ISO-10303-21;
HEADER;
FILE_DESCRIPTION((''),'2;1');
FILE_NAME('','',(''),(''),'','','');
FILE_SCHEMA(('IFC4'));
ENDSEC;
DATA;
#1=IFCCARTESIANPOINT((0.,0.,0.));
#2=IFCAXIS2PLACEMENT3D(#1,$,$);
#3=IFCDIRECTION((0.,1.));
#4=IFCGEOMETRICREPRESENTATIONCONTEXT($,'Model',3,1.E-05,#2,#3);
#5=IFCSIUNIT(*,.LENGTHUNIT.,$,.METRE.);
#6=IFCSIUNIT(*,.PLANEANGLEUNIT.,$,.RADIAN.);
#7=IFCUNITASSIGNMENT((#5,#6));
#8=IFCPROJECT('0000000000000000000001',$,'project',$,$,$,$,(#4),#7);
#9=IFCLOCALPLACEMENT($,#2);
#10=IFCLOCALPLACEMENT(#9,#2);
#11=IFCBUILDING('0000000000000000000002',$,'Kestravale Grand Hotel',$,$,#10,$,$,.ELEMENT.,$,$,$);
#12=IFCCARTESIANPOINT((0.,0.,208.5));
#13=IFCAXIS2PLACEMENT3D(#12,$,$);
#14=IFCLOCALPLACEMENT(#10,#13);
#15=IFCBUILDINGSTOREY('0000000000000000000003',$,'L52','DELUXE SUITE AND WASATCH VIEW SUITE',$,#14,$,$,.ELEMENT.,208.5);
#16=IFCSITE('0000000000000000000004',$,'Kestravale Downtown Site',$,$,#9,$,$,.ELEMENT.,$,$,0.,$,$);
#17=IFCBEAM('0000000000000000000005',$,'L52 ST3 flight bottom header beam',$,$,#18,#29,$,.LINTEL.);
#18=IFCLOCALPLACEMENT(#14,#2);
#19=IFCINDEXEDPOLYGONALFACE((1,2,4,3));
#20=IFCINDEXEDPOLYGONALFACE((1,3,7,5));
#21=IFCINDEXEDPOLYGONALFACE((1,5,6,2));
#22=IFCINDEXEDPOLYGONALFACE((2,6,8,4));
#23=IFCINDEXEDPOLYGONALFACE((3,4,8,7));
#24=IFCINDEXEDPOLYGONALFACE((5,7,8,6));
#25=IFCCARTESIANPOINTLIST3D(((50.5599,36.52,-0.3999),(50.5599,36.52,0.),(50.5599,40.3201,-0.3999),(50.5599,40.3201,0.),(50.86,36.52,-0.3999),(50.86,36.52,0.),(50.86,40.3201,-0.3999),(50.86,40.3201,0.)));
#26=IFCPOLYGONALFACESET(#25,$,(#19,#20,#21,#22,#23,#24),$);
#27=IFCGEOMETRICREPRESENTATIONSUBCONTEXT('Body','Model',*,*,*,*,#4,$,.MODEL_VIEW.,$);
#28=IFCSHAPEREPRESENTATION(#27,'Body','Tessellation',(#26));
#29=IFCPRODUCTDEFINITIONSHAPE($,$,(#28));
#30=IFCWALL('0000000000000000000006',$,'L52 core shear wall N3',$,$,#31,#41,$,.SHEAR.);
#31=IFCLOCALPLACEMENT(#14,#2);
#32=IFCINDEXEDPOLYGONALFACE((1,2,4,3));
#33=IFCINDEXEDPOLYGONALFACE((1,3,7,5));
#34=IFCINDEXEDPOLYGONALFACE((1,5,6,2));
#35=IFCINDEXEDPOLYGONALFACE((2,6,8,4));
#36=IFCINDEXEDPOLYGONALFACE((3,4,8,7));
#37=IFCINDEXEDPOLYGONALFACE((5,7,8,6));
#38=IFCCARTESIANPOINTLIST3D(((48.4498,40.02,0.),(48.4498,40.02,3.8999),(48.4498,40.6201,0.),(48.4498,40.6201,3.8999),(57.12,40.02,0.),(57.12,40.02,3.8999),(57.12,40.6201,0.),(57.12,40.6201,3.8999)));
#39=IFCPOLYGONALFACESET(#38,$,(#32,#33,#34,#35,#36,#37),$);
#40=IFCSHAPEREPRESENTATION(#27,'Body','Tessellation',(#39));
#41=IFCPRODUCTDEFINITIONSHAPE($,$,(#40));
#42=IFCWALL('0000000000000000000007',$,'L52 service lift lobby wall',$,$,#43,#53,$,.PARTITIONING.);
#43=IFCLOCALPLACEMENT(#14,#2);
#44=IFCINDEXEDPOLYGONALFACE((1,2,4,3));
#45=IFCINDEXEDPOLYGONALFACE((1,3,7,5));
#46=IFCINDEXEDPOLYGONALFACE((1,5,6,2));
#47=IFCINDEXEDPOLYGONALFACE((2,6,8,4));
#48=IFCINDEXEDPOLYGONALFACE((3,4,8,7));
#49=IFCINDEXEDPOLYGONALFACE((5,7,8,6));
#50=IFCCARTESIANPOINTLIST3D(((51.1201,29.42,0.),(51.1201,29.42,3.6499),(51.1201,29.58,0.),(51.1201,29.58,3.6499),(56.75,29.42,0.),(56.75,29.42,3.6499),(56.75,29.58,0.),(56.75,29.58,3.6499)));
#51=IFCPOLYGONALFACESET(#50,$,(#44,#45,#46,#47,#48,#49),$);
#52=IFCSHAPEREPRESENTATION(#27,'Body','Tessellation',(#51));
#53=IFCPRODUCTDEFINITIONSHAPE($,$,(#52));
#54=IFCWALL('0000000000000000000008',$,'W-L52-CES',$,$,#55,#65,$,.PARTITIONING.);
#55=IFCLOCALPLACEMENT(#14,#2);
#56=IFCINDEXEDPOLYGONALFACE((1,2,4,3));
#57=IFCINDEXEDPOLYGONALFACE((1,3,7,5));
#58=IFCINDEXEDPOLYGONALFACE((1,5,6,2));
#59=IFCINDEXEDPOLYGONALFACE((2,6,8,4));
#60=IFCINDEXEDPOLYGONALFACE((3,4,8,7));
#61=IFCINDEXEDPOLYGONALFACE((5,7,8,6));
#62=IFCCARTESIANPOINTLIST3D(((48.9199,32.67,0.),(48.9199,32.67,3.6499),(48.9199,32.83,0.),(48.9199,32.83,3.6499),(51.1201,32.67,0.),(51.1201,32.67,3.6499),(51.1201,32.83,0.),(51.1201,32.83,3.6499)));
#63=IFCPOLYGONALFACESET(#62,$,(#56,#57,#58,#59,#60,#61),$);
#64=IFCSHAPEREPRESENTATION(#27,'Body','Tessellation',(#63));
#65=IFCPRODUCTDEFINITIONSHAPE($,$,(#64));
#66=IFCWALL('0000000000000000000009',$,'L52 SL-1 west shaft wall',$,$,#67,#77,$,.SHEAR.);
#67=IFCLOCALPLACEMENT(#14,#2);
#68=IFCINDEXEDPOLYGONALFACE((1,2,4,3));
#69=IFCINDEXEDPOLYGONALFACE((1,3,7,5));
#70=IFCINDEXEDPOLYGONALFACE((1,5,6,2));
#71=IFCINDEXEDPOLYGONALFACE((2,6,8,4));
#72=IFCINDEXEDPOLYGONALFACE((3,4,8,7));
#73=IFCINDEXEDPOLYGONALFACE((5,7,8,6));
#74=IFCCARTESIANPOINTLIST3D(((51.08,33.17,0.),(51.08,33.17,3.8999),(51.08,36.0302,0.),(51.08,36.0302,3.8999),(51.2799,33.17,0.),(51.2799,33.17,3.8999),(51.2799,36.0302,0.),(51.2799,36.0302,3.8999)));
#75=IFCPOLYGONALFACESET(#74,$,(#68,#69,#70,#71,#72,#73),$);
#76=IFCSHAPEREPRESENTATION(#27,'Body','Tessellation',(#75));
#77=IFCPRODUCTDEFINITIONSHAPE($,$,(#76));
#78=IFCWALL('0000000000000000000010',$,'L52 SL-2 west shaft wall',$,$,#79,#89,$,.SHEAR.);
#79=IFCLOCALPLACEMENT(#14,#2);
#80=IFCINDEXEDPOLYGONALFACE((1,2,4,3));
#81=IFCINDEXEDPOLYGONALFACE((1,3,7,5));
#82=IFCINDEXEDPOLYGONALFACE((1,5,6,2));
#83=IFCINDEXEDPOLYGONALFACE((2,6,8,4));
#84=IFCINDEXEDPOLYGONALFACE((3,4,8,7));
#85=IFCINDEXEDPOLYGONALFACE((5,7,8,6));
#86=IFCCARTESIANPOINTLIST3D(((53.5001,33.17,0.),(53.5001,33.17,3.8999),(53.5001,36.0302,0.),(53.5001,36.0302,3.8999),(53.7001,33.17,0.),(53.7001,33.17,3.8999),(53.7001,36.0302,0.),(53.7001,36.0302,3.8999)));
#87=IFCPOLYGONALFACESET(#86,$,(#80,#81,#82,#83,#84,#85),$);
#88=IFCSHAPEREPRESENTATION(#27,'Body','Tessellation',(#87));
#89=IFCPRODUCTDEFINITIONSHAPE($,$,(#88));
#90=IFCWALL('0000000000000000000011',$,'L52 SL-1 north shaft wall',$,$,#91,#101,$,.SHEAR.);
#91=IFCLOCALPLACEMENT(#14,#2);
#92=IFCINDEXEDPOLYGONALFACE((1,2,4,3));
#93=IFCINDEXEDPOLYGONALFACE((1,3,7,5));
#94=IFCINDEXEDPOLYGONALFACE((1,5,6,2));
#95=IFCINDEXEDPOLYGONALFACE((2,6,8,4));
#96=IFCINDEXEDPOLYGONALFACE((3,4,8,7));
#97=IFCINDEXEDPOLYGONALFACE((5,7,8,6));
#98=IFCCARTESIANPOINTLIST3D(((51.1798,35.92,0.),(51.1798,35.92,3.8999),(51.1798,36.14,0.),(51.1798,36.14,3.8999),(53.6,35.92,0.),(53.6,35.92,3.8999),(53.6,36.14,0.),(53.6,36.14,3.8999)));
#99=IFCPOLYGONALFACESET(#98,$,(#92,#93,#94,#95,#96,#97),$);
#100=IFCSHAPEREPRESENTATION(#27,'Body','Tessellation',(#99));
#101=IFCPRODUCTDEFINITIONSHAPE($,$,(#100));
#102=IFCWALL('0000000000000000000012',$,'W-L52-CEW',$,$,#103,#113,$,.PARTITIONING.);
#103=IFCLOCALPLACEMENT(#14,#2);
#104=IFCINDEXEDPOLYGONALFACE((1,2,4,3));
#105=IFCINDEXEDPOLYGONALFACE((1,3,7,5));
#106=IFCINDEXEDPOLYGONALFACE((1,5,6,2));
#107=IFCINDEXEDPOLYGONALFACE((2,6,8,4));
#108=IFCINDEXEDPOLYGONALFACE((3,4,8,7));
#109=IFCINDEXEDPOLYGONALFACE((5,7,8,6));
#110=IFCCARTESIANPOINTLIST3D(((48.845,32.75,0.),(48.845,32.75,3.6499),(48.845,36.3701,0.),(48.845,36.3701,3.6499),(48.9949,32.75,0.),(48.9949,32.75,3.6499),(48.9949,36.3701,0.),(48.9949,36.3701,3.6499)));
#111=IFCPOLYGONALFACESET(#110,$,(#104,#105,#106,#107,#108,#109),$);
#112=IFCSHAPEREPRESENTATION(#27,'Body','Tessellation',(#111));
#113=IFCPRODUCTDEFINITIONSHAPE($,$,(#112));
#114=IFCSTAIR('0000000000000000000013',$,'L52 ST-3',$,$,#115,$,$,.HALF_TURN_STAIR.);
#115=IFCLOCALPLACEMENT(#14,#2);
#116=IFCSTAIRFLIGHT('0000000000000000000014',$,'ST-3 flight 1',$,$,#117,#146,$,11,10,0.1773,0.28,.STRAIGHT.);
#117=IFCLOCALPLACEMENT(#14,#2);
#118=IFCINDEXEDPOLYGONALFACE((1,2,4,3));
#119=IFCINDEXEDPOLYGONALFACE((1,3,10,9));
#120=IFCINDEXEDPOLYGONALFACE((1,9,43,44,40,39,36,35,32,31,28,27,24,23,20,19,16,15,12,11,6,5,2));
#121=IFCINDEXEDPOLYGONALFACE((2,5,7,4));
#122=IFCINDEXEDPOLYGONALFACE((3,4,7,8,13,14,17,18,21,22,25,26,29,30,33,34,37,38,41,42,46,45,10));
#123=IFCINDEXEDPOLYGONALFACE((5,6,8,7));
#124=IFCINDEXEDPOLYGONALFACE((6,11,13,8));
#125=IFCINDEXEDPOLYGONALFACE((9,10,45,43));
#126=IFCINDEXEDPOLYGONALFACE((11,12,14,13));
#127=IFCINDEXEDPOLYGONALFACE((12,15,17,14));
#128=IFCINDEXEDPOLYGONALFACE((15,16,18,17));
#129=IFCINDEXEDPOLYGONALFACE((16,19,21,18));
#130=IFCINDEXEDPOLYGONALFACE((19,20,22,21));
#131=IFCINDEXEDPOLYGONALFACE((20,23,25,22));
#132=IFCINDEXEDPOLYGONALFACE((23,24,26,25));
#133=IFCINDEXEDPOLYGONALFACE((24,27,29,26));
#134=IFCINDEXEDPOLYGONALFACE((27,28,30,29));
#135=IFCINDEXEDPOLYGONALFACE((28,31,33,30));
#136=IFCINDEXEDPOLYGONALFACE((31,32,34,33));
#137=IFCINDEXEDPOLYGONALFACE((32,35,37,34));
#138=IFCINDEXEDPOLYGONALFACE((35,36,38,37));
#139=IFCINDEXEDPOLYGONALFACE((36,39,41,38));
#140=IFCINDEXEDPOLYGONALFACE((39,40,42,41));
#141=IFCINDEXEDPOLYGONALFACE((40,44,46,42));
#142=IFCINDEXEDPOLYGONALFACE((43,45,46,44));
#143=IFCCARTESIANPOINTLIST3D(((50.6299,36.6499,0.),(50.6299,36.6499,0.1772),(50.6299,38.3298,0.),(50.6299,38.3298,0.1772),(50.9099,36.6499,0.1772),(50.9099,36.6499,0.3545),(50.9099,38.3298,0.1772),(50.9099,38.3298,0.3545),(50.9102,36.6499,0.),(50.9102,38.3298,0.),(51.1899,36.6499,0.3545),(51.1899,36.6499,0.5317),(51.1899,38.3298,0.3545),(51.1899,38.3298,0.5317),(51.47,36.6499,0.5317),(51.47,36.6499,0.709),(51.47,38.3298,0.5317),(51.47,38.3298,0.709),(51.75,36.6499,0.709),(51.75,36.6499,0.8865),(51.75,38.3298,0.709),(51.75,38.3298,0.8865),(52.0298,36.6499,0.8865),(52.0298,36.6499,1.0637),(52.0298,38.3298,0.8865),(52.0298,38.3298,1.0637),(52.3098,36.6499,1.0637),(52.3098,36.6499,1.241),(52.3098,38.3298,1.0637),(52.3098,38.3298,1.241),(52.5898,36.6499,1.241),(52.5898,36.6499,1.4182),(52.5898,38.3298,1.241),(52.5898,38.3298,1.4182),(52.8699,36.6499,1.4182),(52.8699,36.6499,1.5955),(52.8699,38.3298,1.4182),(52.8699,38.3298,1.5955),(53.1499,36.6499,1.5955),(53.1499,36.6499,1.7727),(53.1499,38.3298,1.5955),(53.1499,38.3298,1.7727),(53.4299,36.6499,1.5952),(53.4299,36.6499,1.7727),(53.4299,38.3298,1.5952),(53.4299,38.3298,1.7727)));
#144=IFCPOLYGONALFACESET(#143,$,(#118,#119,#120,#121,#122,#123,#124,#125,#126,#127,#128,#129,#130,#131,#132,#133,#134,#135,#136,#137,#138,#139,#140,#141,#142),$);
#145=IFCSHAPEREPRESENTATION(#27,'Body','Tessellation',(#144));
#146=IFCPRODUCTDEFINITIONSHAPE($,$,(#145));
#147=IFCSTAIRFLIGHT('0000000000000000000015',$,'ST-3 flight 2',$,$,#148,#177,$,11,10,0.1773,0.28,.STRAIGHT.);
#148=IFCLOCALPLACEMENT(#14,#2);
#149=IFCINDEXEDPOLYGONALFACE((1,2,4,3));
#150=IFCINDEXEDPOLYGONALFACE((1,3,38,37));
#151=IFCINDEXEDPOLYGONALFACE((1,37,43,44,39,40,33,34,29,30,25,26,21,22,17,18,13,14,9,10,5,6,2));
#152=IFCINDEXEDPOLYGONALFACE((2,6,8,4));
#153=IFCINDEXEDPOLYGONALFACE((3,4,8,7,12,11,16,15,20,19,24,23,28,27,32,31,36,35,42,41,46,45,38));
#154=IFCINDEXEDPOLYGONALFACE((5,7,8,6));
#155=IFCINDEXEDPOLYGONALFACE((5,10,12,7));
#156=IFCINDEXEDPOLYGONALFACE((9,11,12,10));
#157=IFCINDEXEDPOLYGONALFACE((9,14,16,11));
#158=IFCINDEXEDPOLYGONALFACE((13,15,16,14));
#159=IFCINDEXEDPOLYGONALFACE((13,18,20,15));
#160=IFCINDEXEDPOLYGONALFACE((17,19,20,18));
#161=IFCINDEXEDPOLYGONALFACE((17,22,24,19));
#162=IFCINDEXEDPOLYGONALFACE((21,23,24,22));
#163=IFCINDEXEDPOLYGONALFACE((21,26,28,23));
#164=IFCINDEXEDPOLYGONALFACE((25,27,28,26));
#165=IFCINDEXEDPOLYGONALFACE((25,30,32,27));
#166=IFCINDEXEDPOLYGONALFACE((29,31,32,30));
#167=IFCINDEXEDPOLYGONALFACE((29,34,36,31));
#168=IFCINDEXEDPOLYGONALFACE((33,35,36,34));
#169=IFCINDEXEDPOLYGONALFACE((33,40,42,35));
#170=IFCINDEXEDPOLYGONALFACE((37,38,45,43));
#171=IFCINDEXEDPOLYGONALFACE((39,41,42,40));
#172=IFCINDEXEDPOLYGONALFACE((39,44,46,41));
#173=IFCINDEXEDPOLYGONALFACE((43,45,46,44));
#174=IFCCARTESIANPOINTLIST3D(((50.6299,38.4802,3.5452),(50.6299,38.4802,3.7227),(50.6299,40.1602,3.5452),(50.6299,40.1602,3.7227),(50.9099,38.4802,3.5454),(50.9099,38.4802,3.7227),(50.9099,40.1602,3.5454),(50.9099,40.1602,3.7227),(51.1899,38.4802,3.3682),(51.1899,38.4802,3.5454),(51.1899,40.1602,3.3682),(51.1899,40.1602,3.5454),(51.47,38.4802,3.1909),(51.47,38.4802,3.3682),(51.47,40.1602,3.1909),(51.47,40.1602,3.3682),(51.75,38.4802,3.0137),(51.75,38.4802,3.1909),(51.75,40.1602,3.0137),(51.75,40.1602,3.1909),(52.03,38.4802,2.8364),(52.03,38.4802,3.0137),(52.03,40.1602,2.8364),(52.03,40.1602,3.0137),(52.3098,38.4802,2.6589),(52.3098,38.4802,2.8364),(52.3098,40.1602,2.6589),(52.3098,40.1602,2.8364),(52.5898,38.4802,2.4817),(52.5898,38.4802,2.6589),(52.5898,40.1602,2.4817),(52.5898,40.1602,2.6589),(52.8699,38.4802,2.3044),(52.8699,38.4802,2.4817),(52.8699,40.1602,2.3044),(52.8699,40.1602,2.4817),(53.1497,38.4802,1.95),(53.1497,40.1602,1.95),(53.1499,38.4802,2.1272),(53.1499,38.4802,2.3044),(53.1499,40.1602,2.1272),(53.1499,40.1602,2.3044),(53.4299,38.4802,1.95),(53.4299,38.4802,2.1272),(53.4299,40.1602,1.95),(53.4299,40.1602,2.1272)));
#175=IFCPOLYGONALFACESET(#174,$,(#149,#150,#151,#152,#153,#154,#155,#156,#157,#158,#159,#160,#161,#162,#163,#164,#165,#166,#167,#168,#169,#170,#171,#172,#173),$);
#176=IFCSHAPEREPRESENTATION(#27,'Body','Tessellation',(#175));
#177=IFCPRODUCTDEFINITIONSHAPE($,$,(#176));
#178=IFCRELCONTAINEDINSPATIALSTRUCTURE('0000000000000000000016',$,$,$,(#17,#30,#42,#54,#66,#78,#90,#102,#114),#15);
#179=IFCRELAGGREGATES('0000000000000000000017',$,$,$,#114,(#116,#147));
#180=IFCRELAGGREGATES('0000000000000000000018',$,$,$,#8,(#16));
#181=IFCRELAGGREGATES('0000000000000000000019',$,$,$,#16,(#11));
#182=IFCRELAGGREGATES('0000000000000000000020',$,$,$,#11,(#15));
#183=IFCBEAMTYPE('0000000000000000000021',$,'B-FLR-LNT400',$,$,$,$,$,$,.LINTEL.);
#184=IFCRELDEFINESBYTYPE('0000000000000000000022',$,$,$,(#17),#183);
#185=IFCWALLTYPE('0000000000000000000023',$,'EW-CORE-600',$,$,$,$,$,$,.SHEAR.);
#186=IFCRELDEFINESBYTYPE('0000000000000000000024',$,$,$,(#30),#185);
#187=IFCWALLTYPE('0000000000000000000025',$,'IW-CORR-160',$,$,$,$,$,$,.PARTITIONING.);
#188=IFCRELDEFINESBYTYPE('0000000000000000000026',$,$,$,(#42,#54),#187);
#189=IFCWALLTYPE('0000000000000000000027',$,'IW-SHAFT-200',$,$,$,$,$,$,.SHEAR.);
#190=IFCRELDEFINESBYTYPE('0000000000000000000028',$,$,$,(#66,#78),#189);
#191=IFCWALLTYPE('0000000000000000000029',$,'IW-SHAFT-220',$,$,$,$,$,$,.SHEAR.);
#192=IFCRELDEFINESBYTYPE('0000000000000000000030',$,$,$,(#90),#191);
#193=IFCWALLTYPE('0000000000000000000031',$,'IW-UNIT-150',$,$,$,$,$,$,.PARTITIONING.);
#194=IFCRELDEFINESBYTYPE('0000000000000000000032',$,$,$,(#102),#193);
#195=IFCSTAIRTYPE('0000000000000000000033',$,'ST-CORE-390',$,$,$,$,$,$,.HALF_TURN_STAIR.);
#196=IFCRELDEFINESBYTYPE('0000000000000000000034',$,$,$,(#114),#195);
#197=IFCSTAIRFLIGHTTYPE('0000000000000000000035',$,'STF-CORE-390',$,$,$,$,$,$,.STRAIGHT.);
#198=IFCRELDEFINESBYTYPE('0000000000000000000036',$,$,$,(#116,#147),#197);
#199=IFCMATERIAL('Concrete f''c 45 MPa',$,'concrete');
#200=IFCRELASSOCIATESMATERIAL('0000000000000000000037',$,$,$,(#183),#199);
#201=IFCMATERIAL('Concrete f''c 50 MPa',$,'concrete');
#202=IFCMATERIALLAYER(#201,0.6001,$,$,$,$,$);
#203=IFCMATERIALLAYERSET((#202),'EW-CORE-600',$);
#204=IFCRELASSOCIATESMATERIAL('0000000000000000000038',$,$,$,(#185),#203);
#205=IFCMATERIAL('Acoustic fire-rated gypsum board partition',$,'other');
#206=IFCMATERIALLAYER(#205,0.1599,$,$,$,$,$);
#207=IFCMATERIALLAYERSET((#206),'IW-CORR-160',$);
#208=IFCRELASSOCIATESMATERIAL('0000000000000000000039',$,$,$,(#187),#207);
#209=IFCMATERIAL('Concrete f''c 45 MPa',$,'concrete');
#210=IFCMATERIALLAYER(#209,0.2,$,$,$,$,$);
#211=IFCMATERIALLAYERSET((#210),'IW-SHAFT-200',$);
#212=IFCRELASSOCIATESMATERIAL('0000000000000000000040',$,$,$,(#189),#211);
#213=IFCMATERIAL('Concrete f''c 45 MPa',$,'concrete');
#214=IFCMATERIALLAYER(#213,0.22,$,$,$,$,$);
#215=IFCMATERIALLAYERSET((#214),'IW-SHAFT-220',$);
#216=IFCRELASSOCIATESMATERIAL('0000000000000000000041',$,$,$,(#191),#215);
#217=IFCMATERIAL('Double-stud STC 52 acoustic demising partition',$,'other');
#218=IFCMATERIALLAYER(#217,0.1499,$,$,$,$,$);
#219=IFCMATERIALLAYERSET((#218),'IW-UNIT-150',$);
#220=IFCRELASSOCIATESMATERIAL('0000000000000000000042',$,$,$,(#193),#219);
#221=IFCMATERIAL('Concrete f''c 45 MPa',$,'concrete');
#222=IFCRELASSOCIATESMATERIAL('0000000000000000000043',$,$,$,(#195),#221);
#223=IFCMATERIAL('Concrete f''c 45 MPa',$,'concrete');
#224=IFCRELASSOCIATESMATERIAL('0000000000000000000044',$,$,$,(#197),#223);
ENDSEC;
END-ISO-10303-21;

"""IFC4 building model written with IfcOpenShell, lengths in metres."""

from ifc_helpers import new_model, si_unit, direction, frame, frame_2d, origin, origin_2d, place, context, subcontext, project, spatial, polyline, rectangle, outline, extrude, material, layer, layer_set, material_profile, profile_set, type_object, element, aggregate, save


model = new_model("IFC4")

# Units and contexts
model_context = context("Model", 3, precision=1e-05, world=origin(), true_north=direction((0.0, 1.0)))
body_context = subcontext(model_context, "Body", "Model", "MODEL_VIEW")
ifc_project = project(units=[si_unit("LENGTHUNIT", "METRE"), si_unit("PLANEANGLEUNIT", "RADIAN")], contexts=[model_context])

# Site, building, storey
site_placement = place(None, origin())
site = spatial("IfcSite", under=ifc_project, at=site_placement, Name="Kestravale Downtown Site", CompositionType="ELEMENT", RefElevation=0.0)
building_placement = place(site_placement, origin())
building = spatial("IfcBuilding", under=site, at=building_placement, Name="Kestravale Grand Hotel", CompositionType="ELEMENT")
storey_placement = place(building_placement, frame((0.0, 0.0, 208.5)))
storey = spatial("IfcBuildingStorey", under=building, at=storey_placement, Name="L52", Description="DELUXE SUITE AND WASATCH VIEW SUITE", CompositionType="ELEMENT", Elevation=208.5)

# Beam
ifc_material_1 = material(Name="Concrete f'c 45 MPa", Category="concrete")
ifc_material_profile = material_profile(ifc_material_1, rectangle(XDim=0.3, YDim=0.3999, at=origin_2d()))
ifc_profile_set = profile_set([ifc_material_profile], Name="Concrete f'c 45 MPa")
beam_type = type_object("IfcBeamType", Name="B-FLR-LNT400", PredefinedType="LINTEL", material=ifc_profile_set)
beam_placement = place(storey_placement, frame((50.71, 36.52, -0.2), z_axis=(0.0, 1.0, 0.0), x_axis=(-1.0, 0.0, 0.0)))
element("IfcBeam", 1, at=beam_placement, inside=storey, type_object=beam_type, Name="L52 ST3 flight bottom header beam", PredefinedType="LINTEL", context=body_context, shape_type="SweptSolid", body=[
    extrude(rectangle(XDim=0.3, YDim=0.3999, at=origin_2d()), origin(), (0.0, 0.0, 1.0), 3.8),
])

# Wall
ifc_material_2 = material(Name="Concrete f'c 50 MPa", Category="concrete")
ifc_layer_1 = layer(ifc_material_2, 0.6001)
ifc_layer_set_1 = layer_set([ifc_layer_1], Name="EW-CORE-600")
wall_type_1 = type_object("IfcWallType", Name="EW-CORE-600", PredefinedType="SHEAR", material=ifc_layer_set_1)
wall_1_placement = place(storey_placement, frame((48.45, 40.3201, 0.0), z_axis=(0.0, 0.0, 1.0), x_axis=(1.0, 0.0, 0.0)))
element("IfcWall", 2, at=wall_1_placement, inside=storey, type_object=wall_type_1, Name="L52 core shear wall N3", PredefinedType="SHEAR", context=body_context, shape_type="SweptSolid", body=[
    extrude(rectangle(XDim=8.6702, YDim=0.6001, at=frame_2d((4.335, 0.0))), origin(), (0.0, 0.0, 1.0), 3.8999),
])

# Shared definitions
ifc_material_3 = material(Name="Acoustic fire-rated gypsum board partition", Category="other")
ifc_layer_2 = layer(ifc_material_3, 0.1599)
ifc_layer_set_2 = layer_set([ifc_layer_2], Name="IW-CORR-160")
wall_type_2 = type_object("IfcWallType", Name="IW-CORR-160", PredefinedType="PARTITIONING", material=ifc_layer_set_2)

# Walls
wall_2_placement = place(storey_placement, frame((51.1201, 29.5, 0.0), z_axis=(0.0, 0.0, 1.0), x_axis=(1.0, 0.0, 0.0)))
element("IfcWall", 3, at=wall_2_placement, inside=storey, type_object=wall_type_2, Name="L52 service lift lobby wall", PredefinedType="PARTITIONING", context=body_context, shape_type="SweptSolid", body=[
    extrude(rectangle(XDim=5.6299, YDim=0.1599, at=frame_2d((2.8149, 0.0))), origin(), (0.0, 0.0, 1.0), 3.6499),
])
wall_3_placement = place(storey_placement, frame((48.9199, 32.75, 0.0), z_axis=(0.0, 0.0, 1.0), x_axis=(1.0, 0.0, 0.0)))
element("IfcWall", 4, at=wall_3_placement, inside=storey, type_object=wall_type_2, Name="W-L52-CES", PredefinedType="PARTITIONING", context=body_context, shape_type="SweptSolid", body=[
    extrude(rectangle(XDim=2.2002, YDim=0.1599, at=frame_2d((1.1001, 0.0))), origin(), (0.0, 0.0, 1.0), 3.6499),
])
ifc_material_4 = material(Name="Concrete f'c 45 MPa", Category="concrete")
ifc_layer_3 = layer(ifc_material_4, 0.2)
ifc_layer_set_3 = layer_set([ifc_layer_3], Name="IW-SHAFT-200")
wall_type_3 = type_object("IfcWallType", Name="IW-SHAFT-200", PredefinedType="SHEAR", material=ifc_layer_set_3)
for number, where, z_axis, x_axis, name in (
    (5, (51.1799, 33.1699, 0.0), (0.0, 0.0, 1.0), (0.0, 1.0, 0.0), "L52 SL-1 west shaft wall"),
    (6, (53.6001, 33.1699, 0.0), (0.0, 0.0, 1.0), (0.0, 1.0, 0.0), "L52 SL-2 west shaft wall"),
):
    element("IfcWall", number, at=place(storey_placement, frame(where, z_axis=z_axis, x_axis=x_axis)), inside=storey, type_object=wall_type_3, Name=name, PredefinedType="SHEAR", context=body_context, shape_type="SweptSolid", body=[
        extrude(rectangle(XDim=2.8601, YDim=0.2, at=frame_2d((1.4302, 0.0))), origin(), (0.0, 0.0, 1.0), 3.8999),
    ])

# Shared definitions
ifc_material_5 = material(Name="Concrete f'c 45 MPa", Category="concrete")
ifc_layer_4 = layer(ifc_material_5, 0.22)
ifc_layer_set_4 = layer_set([ifc_layer_4], Name="IW-SHAFT-220")
wall_type_4 = type_object("IfcWallType", Name="IW-SHAFT-220", PredefinedType="SHEAR", material=ifc_layer_set_4)

# Wall
wall_4_placement = place(storey_placement, frame((51.1799, 36.03, 0.0), z_axis=(0.0, 0.0, 1.0), x_axis=(1.0, 0.0, 0.0)))
element("IfcWall", 7, at=wall_4_placement, inside=storey, type_object=wall_type_4, Name="L52 SL-1 north shaft wall", PredefinedType="SHEAR", context=body_context, shape_type="SweptSolid", body=[
    extrude(rectangle(XDim=2.4202, YDim=0.22, at=frame_2d((1.21, 0.0))), origin(), (0.0, 0.0, 1.0), 3.8999),
])

# Wall
ifc_material_6 = material(Name="Double-stud STC 52 acoustic demising partition", Category="other")
ifc_layer_5 = layer(ifc_material_6, 0.1499)
ifc_layer_set_5 = layer_set([ifc_layer_5], Name="IW-UNIT-150")
wall_type_5 = type_object("IfcWallType", Name="IW-UNIT-150", PredefinedType="PARTITIONING", material=ifc_layer_set_5)
wall_5_placement = place(storey_placement, frame((48.9199, 32.75, 0.0), z_axis=(0.0, 0.0, 1.0), x_axis=(0.0, 1.0, 0.0)))
element("IfcWall", 8, at=wall_5_placement, inside=storey, type_object=wall_type_5, Name="W-L52-CEW", PredefinedType="PARTITIONING", context=body_context, shape_type="SweptSolid", body=[
    extrude(rectangle(XDim=3.6201, YDim=0.1499, at=frame_2d((1.8101, 0.0))), origin(), (0.0, 0.0, 1.0), 3.6499),
])

# Stair, stair flights
ifc_material_7 = material(Name="Concrete f'c 45 MPa", Category="concrete")
stair_type = type_object("IfcStairType", Name="ST-CORE-390", PredefinedType="HALF_TURN_STAIR", material=ifc_material_7)
stair_placement = place(storey_placement, origin())
stair = element("IfcStair", 9, at=stair_placement, inside=storey, type_object=stair_type, Name="L52 ST-3", PredefinedType="HALF_TURN_STAIR")
ifc_material_8 = material(Name="Concrete f'c 45 MPa", Category="concrete")
stair_flight_type = type_object("IfcStairFlightType", Name="STF-CORE-390", PredefinedType="STRAIGHT", material=ifc_material_8)
stair_flight_1_placement = place(storey_placement, frame((50.6299, 37.49, 0.0), z_axis=(0.0, 0.0, 1.0), x_axis=(1.0, 0.0, 0.0)))
stair_flight_1 = element("IfcStairFlight", 10, at=stair_flight_1_placement, type_object=stair_flight_type, Name="ST-3 flight 1", NumberOfRisers=11, NumberOfTreads=10, PredefinedType="STRAIGHT", RiserHeight=0.1773, TreadLength=0.28, context=body_context, shape_type="SweptSolid", body=[
    extrude(outline(polyline([(0.0, 0.0), (0.0, 0.1772), (0.28, 0.1772), (0.28, 0.3545), (0.5601, 0.3545), (0.5601, 0.5317), (0.8401, 0.5317), (0.8401, 0.709), (1.1201, 0.709), (1.1201, 0.8865), (1.3999, 0.8865), (1.3999, 1.0637), (1.6799, 1.0637), (1.6799, 1.241), (1.96, 1.241), (1.96, 1.4182), (2.24, 1.4182), (2.24, 1.5955), (2.52, 1.5955), (2.52, 1.7727), (2.8, 1.7727), (2.8, 1.95), (2.8, 1.5952), (0.2803, 0.0), (0.0, 0.0)])), frame((0.0, 0.8398, 0.0), z_axis=(0.0, -1.0, 0.0), x_axis=(1.0, 0.0, 0.0)), (0.0, 0.0, 1.0), 1.6799),
])
stair_flight_2_placement = place(storey_placement, frame((53.4299, 39.3201, 1.95), z_axis=(0.0, 0.0, 1.0), x_axis=(-1.0, 0.0, 0.0)))
stair_flight_2 = element("IfcStairFlight", 11, at=stair_flight_2_placement, type_object=stair_flight_type, Name="ST-3 flight 2", NumberOfRisers=11, NumberOfTreads=10, PredefinedType="STRAIGHT", RiserHeight=0.1773, TreadLength=0.28, context=body_context, shape_type="SweptSolid", body=[
    extrude(outline(polyline([(0.0, 0.0), (0.0, 0.1772), (0.28, 0.1772), (0.28, 0.3545), (0.5601, 0.3545), (0.5601, 0.5317), (0.8401, 0.5317), (0.8401, 0.709), (1.1201, 0.709), (1.1201, 0.8865), (1.3999, 0.8865), (1.3999, 1.0637), (1.6799, 1.0637), (1.6799, 1.241), (1.96, 1.241), (1.96, 1.4182), (2.24, 1.4182), (2.24, 1.5955), (2.52, 1.5955), (2.52, 1.7727), (2.8, 1.7727), (2.8, 1.95), (2.8, 1.5952), (0.2803, 0.0), (0.0, 0.0)])), frame((0.0, 0.8398, 0.0), z_axis=(0.0, -1.0, 0.0), x_axis=(1.0, 0.0, 0.0)), (0.0, 0.0, 1.0), 1.6799),
])
aggregate(stair, [stair_flight_1, stair_flight_2])

save(model, "model.ifc")
